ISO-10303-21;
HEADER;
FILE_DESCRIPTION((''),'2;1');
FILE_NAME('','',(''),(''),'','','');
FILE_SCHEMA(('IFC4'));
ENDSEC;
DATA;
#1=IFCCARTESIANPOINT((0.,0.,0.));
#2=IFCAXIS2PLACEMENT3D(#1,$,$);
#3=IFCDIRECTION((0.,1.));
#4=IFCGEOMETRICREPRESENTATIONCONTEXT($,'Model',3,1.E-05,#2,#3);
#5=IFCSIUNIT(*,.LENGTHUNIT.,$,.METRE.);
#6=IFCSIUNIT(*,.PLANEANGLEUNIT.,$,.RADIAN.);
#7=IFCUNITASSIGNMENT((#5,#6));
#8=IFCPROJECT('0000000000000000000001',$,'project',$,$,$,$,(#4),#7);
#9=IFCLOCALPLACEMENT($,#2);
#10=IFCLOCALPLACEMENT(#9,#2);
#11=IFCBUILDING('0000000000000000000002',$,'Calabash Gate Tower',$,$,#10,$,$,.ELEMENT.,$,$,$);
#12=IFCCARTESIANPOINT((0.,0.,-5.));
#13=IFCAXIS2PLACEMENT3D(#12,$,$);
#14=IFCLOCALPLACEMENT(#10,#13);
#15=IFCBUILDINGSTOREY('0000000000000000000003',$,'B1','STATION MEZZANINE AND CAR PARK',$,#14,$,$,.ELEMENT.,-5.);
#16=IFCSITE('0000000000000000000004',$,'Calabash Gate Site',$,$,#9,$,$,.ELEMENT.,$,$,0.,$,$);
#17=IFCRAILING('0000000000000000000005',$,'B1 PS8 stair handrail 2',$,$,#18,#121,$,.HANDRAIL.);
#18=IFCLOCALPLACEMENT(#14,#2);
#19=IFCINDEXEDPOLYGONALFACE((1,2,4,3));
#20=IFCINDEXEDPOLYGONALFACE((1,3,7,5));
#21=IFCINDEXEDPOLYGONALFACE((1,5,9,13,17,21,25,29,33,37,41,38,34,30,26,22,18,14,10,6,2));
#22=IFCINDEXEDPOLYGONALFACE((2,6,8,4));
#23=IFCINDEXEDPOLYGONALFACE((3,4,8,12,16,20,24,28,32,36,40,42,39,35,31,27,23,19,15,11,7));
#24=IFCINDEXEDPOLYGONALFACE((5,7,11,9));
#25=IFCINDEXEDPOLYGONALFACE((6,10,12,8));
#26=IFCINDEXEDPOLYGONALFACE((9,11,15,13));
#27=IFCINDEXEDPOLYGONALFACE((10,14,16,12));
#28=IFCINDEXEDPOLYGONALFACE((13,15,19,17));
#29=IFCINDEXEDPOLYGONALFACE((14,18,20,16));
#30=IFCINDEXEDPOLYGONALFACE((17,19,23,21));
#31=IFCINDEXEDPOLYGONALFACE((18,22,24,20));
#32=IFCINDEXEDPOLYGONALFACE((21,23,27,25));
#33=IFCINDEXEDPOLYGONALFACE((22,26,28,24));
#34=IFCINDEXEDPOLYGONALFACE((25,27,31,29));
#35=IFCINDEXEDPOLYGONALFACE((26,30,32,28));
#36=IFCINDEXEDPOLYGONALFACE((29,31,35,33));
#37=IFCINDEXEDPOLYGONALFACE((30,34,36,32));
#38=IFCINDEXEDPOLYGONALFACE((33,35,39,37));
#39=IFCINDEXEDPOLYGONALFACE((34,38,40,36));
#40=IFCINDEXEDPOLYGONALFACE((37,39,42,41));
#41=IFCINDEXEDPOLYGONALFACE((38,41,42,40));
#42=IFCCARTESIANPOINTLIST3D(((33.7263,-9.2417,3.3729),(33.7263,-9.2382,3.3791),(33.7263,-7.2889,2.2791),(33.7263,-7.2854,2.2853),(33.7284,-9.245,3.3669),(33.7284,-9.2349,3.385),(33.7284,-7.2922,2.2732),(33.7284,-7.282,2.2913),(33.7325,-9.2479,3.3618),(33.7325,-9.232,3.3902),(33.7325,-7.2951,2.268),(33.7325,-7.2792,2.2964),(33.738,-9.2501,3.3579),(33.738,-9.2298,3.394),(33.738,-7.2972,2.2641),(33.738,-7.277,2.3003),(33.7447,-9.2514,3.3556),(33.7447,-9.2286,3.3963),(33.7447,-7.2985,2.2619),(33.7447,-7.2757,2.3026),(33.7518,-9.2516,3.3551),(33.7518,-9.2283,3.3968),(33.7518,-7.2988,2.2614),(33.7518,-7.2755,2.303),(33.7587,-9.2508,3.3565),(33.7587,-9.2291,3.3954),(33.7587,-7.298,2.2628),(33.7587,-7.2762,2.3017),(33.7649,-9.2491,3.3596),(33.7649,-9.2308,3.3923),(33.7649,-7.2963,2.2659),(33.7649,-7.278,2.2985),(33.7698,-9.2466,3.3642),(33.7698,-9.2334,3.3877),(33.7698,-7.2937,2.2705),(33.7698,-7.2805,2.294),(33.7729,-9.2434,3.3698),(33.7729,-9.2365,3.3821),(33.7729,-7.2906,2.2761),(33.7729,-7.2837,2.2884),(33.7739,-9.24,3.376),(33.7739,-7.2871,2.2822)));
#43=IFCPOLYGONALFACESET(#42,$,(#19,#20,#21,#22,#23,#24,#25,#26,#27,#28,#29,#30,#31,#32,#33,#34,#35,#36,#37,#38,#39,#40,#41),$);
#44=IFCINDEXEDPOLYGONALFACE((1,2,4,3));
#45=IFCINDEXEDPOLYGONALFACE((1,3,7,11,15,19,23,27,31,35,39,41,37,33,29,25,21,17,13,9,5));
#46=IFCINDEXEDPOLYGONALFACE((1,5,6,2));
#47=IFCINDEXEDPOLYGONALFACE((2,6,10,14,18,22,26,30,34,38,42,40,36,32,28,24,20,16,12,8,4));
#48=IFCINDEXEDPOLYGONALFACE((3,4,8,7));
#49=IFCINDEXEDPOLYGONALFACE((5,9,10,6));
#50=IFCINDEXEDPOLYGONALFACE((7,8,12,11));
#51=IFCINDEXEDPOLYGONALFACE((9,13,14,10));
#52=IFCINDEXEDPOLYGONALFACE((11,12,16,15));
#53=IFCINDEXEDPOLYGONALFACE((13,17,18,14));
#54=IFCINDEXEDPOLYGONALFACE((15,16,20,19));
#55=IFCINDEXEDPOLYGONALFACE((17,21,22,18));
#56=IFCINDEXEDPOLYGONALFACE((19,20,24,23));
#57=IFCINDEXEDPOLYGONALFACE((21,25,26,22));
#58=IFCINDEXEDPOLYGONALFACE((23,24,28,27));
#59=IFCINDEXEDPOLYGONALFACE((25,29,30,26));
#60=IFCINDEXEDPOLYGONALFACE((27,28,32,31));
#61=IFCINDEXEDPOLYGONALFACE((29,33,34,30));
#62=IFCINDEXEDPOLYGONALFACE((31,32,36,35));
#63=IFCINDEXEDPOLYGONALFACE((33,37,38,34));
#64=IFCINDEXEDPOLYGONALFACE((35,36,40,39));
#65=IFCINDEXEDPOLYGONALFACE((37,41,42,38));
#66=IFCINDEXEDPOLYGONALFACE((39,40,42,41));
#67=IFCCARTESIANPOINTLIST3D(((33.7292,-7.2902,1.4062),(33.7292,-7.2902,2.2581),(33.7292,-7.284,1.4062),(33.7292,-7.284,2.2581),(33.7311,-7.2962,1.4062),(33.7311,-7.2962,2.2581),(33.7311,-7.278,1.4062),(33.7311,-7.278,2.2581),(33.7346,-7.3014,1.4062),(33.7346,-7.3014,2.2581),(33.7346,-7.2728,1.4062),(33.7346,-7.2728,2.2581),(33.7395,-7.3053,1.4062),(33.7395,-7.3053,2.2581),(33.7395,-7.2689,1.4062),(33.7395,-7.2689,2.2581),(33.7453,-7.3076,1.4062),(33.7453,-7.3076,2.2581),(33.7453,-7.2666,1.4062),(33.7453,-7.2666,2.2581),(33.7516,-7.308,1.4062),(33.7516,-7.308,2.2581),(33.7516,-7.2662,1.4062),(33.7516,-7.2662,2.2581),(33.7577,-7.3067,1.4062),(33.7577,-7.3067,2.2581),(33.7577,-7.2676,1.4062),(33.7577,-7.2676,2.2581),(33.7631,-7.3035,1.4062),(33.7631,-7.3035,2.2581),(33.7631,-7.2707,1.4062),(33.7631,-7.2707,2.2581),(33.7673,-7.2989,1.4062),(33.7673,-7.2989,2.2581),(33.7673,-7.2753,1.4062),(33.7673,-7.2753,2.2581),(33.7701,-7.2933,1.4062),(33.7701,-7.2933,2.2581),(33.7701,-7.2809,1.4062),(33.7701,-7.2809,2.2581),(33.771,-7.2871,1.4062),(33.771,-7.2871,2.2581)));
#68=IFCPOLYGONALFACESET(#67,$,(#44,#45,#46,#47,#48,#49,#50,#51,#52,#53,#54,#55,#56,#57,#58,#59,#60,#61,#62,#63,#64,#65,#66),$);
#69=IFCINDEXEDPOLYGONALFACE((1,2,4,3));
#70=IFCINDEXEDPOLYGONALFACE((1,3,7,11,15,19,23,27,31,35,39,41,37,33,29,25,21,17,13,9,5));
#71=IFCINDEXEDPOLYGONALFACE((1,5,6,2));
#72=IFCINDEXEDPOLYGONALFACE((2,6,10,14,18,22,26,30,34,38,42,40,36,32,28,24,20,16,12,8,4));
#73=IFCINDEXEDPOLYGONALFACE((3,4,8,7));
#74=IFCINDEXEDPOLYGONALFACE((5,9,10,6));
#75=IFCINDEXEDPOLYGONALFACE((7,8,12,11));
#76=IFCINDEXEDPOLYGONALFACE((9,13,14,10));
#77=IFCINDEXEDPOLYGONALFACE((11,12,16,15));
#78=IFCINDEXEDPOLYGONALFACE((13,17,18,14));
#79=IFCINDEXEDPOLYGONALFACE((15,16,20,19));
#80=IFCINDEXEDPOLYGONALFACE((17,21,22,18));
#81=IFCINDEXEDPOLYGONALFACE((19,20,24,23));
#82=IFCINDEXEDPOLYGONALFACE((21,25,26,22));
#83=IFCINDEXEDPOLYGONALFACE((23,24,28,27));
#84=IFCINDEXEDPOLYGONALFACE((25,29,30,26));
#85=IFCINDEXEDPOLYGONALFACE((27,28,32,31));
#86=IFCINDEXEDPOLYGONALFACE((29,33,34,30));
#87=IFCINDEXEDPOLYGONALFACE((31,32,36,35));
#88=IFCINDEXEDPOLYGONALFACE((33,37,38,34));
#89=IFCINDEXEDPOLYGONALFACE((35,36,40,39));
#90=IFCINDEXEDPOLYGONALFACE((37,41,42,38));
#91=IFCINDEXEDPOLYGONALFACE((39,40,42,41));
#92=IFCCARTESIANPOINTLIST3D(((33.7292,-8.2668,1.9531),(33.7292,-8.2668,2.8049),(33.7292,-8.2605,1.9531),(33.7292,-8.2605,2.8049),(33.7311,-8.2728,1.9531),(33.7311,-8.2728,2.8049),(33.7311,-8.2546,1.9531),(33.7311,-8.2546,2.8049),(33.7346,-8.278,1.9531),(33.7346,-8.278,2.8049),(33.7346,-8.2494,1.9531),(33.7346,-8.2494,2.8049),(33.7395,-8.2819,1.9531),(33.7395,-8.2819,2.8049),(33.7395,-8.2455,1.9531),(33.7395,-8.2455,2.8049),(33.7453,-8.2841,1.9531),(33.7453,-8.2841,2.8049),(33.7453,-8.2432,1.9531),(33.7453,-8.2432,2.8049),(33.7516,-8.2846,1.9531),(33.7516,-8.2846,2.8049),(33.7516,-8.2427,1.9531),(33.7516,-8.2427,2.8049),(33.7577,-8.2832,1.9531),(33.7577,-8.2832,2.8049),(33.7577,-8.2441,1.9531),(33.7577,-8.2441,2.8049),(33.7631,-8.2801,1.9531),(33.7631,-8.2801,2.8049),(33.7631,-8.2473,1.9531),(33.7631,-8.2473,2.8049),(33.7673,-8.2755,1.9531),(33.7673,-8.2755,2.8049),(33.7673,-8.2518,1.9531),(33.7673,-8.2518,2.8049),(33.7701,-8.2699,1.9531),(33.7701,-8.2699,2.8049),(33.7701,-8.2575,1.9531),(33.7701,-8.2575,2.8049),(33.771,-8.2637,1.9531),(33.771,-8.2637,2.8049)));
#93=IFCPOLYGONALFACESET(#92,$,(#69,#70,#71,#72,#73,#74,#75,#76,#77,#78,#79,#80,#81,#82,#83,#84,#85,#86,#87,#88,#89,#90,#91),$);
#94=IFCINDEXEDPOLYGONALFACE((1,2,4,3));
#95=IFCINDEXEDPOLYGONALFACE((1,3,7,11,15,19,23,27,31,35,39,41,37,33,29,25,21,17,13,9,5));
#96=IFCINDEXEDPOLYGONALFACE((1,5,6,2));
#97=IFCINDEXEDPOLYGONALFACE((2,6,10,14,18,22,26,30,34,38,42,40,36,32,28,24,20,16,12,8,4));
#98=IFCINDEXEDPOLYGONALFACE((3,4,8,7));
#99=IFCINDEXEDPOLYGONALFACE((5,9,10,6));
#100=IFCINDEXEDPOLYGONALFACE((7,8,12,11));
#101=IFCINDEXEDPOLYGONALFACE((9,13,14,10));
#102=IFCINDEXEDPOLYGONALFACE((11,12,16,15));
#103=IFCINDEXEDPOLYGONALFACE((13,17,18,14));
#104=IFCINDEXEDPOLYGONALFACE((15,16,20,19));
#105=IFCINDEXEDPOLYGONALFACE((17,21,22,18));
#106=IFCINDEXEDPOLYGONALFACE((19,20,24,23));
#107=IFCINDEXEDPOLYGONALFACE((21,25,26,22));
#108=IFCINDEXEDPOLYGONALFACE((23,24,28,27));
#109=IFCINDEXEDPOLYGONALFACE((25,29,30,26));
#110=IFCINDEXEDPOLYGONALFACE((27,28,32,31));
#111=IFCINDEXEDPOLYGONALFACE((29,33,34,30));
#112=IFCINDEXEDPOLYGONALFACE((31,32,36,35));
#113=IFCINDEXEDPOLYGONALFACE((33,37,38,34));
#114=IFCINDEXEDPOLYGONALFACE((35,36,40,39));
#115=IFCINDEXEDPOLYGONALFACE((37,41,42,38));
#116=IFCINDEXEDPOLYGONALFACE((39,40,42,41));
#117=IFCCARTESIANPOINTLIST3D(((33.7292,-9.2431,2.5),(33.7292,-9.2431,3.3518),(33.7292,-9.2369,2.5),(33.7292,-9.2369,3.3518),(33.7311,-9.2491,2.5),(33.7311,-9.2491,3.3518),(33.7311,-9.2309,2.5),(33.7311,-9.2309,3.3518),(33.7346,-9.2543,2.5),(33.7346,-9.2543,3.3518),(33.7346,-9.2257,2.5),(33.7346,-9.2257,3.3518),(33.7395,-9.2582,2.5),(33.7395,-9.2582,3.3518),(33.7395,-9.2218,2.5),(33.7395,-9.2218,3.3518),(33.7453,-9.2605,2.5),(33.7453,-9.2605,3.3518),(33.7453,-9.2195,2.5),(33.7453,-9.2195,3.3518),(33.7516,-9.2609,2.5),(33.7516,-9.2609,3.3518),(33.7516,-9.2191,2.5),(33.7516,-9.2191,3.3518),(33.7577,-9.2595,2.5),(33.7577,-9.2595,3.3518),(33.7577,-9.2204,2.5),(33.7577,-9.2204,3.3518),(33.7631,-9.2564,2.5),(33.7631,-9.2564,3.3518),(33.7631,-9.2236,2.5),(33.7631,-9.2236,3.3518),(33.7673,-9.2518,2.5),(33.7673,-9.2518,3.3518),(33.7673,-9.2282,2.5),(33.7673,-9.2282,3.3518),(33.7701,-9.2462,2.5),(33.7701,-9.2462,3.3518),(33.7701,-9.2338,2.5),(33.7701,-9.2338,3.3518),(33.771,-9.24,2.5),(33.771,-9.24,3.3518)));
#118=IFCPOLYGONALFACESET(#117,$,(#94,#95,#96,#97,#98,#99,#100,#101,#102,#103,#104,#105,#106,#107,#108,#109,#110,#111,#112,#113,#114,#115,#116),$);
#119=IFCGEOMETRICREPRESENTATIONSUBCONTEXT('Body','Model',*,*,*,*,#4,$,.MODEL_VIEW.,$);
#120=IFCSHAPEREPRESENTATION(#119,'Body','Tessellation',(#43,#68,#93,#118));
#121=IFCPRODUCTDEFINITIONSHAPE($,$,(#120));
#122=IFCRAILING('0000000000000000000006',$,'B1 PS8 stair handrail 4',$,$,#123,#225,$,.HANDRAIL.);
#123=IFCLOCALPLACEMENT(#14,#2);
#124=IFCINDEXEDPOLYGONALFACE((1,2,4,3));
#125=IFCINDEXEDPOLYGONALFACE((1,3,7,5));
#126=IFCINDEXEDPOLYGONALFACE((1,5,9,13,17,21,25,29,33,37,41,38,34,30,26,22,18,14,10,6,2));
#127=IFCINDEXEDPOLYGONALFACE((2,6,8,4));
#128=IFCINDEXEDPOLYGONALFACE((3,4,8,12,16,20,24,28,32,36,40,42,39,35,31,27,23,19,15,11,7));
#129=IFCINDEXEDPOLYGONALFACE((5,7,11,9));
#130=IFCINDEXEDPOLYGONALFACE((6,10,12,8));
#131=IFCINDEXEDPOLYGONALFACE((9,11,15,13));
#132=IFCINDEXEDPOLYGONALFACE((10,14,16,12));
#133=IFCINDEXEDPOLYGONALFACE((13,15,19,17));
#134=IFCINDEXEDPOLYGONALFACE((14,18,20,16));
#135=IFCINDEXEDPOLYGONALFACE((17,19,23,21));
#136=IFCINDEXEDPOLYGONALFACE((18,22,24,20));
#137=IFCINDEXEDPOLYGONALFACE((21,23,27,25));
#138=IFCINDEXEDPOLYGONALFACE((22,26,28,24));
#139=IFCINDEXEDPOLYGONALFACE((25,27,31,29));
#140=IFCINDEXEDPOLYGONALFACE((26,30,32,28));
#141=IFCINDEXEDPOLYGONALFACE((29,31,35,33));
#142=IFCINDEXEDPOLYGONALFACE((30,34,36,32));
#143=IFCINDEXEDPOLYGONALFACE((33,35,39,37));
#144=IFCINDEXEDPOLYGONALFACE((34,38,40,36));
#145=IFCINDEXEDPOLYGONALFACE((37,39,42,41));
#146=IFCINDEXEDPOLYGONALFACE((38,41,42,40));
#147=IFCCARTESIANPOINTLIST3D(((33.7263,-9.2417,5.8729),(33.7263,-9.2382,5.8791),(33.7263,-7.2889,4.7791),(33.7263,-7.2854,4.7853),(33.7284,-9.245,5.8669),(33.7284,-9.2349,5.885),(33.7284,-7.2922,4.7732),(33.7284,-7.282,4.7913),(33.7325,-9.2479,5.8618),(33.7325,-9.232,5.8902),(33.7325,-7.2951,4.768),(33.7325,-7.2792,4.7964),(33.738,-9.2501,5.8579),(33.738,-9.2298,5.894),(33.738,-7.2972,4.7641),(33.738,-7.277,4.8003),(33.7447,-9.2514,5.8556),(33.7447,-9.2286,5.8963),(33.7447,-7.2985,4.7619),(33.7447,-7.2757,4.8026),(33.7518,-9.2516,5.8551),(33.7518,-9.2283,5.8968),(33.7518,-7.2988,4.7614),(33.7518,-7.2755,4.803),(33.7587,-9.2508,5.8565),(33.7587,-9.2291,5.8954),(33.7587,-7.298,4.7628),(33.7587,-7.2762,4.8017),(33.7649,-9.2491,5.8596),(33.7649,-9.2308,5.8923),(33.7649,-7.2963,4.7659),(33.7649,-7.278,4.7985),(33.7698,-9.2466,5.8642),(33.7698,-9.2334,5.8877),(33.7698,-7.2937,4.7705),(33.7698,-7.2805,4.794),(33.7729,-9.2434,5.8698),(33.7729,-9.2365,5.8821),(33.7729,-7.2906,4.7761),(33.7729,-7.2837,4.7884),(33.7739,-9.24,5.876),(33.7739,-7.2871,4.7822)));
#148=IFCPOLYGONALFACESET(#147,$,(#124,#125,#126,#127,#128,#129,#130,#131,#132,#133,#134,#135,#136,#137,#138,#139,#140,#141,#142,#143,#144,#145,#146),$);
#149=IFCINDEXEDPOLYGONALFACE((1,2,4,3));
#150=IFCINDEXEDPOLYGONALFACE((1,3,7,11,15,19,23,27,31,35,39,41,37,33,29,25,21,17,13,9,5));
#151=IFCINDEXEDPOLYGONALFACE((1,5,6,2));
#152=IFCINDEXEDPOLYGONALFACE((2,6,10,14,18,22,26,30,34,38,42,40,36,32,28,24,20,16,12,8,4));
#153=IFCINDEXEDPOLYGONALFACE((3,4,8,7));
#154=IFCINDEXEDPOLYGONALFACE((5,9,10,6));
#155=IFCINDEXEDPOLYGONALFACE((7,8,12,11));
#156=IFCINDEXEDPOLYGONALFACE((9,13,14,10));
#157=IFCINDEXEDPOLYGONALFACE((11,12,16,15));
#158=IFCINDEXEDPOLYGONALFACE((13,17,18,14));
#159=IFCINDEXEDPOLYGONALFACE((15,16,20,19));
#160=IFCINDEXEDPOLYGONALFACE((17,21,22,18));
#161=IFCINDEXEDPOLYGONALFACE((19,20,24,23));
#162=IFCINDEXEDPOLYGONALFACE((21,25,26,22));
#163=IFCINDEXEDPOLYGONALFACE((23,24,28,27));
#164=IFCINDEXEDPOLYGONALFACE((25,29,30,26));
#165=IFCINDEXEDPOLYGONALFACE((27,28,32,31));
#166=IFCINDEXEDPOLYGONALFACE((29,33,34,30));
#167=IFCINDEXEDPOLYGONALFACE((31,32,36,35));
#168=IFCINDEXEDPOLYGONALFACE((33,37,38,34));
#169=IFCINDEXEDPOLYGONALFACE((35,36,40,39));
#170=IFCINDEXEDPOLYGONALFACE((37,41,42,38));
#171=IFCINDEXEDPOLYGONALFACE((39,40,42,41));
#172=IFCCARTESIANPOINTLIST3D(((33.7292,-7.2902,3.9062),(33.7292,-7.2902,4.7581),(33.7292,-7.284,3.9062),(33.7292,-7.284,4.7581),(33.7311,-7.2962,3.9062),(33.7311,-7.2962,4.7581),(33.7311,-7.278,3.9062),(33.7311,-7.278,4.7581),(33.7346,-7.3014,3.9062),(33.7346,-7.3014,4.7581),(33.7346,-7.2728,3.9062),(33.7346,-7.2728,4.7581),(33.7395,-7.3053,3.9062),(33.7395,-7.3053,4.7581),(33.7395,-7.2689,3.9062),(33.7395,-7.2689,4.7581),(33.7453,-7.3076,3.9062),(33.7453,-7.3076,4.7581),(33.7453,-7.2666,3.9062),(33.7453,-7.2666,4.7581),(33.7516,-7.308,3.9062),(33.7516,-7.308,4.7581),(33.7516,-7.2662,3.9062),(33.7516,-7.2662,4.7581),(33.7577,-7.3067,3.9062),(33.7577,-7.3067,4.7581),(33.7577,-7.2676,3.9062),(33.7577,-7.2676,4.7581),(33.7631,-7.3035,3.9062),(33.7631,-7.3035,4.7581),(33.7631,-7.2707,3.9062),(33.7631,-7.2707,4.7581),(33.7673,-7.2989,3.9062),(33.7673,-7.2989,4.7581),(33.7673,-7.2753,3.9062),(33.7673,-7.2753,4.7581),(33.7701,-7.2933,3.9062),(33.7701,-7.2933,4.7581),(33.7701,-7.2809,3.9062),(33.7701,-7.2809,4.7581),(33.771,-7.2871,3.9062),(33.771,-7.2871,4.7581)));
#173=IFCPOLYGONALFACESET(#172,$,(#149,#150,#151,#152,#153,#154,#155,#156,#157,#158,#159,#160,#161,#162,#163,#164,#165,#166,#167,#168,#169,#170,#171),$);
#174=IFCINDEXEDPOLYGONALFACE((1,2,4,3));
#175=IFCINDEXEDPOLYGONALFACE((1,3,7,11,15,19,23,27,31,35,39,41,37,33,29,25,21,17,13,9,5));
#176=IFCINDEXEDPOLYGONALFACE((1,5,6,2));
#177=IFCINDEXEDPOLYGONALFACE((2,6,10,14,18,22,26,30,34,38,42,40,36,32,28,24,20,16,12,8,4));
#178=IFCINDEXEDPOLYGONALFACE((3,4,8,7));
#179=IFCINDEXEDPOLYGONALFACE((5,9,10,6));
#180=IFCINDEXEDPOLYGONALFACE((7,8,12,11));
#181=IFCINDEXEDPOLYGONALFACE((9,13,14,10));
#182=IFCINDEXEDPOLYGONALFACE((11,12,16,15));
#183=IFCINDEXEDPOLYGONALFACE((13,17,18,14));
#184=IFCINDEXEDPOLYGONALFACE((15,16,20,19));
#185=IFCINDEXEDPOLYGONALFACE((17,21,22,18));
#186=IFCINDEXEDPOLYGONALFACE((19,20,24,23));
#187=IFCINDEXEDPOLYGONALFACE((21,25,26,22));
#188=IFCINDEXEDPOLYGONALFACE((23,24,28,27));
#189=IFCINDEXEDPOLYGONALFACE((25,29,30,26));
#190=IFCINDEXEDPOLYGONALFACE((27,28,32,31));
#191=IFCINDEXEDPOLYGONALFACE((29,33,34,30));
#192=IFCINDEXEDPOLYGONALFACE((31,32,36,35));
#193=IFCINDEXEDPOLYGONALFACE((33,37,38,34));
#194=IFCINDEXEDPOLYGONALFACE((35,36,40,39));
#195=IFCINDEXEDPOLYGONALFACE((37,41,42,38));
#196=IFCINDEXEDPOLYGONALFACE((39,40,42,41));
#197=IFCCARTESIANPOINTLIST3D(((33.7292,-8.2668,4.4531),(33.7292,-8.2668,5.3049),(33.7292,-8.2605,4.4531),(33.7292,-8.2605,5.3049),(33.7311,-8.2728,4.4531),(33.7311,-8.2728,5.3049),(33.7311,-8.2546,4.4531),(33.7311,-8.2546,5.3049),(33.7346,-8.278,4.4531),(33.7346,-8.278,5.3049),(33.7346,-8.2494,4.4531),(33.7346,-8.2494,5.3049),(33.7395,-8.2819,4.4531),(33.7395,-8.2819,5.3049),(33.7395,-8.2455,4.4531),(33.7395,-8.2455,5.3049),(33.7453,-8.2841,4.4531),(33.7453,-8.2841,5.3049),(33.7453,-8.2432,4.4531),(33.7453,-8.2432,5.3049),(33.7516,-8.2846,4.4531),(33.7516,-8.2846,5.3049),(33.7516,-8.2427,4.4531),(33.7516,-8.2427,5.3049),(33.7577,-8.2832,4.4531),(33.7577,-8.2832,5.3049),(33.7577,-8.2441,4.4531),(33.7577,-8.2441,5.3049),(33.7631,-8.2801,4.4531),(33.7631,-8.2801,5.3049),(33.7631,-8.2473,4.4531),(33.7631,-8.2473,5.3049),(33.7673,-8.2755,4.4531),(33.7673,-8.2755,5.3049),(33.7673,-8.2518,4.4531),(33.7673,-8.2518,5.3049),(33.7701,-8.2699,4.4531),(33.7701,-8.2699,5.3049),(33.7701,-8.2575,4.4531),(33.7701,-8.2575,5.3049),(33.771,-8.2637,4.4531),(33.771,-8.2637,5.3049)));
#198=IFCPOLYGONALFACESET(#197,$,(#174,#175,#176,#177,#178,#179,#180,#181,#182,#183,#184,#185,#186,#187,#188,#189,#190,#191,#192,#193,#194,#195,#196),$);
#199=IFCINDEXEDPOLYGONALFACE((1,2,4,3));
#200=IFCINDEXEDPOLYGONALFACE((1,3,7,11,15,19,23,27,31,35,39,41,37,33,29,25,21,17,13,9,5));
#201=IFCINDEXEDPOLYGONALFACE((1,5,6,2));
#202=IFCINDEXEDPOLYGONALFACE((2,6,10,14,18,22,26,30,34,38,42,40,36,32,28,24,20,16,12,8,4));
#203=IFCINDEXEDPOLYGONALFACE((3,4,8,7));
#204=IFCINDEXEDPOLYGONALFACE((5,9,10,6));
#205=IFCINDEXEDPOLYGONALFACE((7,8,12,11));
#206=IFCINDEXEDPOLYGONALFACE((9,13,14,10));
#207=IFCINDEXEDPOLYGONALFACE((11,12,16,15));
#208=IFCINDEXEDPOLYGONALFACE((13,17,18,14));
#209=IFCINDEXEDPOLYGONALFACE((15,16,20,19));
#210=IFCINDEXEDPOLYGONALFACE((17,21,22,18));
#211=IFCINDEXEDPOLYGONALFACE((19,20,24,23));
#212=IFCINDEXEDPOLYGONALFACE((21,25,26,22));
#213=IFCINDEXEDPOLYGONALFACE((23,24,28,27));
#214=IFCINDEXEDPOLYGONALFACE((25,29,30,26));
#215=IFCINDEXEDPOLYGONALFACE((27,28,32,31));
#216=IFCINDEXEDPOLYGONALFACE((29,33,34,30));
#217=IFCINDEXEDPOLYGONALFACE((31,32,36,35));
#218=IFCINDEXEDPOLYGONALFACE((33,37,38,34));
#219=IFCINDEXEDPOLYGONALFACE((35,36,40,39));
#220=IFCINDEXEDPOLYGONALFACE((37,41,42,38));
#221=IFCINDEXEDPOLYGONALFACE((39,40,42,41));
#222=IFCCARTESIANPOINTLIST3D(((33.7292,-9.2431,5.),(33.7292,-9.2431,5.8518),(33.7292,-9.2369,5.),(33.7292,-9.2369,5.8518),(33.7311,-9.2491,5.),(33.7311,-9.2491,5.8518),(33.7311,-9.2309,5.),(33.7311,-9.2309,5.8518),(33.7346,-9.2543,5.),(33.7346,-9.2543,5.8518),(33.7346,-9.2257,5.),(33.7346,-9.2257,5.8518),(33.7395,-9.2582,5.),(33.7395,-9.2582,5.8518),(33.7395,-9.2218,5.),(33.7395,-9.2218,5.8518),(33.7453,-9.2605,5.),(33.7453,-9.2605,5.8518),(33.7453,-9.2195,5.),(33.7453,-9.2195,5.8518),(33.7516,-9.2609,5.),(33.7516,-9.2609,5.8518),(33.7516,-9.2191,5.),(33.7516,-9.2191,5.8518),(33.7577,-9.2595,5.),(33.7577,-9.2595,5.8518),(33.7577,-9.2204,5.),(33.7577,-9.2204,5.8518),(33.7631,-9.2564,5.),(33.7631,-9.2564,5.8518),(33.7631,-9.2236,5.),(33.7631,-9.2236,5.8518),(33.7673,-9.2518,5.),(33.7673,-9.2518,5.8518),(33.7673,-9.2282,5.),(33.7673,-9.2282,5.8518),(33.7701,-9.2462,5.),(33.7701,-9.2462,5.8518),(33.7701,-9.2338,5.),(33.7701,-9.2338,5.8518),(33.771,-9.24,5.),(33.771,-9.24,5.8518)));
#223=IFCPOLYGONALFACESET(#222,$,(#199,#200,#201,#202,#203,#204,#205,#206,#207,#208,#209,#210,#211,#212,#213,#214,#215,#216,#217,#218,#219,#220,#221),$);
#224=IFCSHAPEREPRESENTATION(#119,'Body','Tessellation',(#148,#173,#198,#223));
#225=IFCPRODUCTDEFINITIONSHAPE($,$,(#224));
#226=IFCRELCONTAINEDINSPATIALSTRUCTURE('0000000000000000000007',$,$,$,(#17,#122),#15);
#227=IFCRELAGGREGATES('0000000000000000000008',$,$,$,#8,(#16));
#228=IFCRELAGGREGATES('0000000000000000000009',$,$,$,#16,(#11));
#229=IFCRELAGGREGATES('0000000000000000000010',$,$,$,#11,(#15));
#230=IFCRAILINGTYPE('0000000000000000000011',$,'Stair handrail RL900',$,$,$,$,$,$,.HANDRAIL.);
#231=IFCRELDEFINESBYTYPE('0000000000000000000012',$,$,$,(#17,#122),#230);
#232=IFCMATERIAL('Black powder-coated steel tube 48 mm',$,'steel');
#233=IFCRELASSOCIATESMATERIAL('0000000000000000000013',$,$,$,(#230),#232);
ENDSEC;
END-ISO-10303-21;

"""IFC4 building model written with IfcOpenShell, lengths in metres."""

from ifc_helpers import new_model, si_unit, direction, frame, origin, origin_2d, place, context, subcontext, project, spatial, circle, extrude, material, type_object, element, save


model = new_model("IFC4")

# Units and contexts
model_context = context("Model", 3, precision=1e-05, world=origin(), true_north=direction((0.0, 1.0)))
body_context = subcontext(model_context, "Body", "Model", "MODEL_VIEW")
ifc_project = project(units=[si_unit("LENGTHUNIT", "METRE"), si_unit("PLANEANGLEUNIT", "RADIAN")], contexts=[model_context])

# Site, building, storey
site_placement = place(None, origin())
site = spatial("IfcSite", under=ifc_project, at=site_placement, Name="Calabash Gate Site", CompositionType="ELEMENT", RefElevation=0.0)
building_placement = place(site_placement, origin())
building = spatial("IfcBuilding", under=site, at=building_placement, Name="Calabash Gate Tower", CompositionType="ELEMENT")
storey_placement = place(building_placement, frame((0.0, 0.0, -5.0)))
storey = spatial("IfcBuildingStorey", under=building, at=storey_placement, Name="B1", Description="STATION MEZZANINE AND CAR PARK", CompositionType="ELEMENT", Elevation=-5.0)

# Railings
ifc_material_1 = material(Name="Black powder-coated steel tube 48 mm", Category="steel")
railing_type_1 = type_object("IfcRailingType", Name="Stair handrail RL900", PredefinedType="HANDRAIL", material=ifc_material_1)
for number, where, name in (
    (1, (33.75, -7.2871, 1.4062), "B1 PS8 stair handrail 2"),
    (2, (33.75, -7.2871, 3.9062), "B1 PS8 stair handrail 4"),
):
    element("IfcRailing", number, at=place(storey_placement, frame(where)), inside=storey, type_object=railing_type_1, Name=name, PredefinedType="HANDRAIL", context=body_context, shape_type="SweptSolid", body=[
        extrude(circle(Radius=0.0239, at=origin_2d()), frame((0.0, 0.0, 0.876), z_axis=(0.0, -0.87248, 0.48865), x_axis=(1.0, 0.0, 0.0)), (0.0, 0.0, 1.0), 2.2383),
        extrude(circle(Radius=0.021, at=origin_2d()), origin(), (0.0, 0.0, 1.0), 0.8518),
        extrude(circle(Radius=0.021, at=origin_2d()), frame((0.0, -0.9766, 0.5469)), (0.0, 0.0, 1.0), 0.8518),
        extrude(circle(Radius=0.021, at=origin_2d()), frame((0.0, -1.9529, 1.0938)), (0.0, 0.0, 1.0), 0.8518),
    ])

save(model, "model.ifc")
